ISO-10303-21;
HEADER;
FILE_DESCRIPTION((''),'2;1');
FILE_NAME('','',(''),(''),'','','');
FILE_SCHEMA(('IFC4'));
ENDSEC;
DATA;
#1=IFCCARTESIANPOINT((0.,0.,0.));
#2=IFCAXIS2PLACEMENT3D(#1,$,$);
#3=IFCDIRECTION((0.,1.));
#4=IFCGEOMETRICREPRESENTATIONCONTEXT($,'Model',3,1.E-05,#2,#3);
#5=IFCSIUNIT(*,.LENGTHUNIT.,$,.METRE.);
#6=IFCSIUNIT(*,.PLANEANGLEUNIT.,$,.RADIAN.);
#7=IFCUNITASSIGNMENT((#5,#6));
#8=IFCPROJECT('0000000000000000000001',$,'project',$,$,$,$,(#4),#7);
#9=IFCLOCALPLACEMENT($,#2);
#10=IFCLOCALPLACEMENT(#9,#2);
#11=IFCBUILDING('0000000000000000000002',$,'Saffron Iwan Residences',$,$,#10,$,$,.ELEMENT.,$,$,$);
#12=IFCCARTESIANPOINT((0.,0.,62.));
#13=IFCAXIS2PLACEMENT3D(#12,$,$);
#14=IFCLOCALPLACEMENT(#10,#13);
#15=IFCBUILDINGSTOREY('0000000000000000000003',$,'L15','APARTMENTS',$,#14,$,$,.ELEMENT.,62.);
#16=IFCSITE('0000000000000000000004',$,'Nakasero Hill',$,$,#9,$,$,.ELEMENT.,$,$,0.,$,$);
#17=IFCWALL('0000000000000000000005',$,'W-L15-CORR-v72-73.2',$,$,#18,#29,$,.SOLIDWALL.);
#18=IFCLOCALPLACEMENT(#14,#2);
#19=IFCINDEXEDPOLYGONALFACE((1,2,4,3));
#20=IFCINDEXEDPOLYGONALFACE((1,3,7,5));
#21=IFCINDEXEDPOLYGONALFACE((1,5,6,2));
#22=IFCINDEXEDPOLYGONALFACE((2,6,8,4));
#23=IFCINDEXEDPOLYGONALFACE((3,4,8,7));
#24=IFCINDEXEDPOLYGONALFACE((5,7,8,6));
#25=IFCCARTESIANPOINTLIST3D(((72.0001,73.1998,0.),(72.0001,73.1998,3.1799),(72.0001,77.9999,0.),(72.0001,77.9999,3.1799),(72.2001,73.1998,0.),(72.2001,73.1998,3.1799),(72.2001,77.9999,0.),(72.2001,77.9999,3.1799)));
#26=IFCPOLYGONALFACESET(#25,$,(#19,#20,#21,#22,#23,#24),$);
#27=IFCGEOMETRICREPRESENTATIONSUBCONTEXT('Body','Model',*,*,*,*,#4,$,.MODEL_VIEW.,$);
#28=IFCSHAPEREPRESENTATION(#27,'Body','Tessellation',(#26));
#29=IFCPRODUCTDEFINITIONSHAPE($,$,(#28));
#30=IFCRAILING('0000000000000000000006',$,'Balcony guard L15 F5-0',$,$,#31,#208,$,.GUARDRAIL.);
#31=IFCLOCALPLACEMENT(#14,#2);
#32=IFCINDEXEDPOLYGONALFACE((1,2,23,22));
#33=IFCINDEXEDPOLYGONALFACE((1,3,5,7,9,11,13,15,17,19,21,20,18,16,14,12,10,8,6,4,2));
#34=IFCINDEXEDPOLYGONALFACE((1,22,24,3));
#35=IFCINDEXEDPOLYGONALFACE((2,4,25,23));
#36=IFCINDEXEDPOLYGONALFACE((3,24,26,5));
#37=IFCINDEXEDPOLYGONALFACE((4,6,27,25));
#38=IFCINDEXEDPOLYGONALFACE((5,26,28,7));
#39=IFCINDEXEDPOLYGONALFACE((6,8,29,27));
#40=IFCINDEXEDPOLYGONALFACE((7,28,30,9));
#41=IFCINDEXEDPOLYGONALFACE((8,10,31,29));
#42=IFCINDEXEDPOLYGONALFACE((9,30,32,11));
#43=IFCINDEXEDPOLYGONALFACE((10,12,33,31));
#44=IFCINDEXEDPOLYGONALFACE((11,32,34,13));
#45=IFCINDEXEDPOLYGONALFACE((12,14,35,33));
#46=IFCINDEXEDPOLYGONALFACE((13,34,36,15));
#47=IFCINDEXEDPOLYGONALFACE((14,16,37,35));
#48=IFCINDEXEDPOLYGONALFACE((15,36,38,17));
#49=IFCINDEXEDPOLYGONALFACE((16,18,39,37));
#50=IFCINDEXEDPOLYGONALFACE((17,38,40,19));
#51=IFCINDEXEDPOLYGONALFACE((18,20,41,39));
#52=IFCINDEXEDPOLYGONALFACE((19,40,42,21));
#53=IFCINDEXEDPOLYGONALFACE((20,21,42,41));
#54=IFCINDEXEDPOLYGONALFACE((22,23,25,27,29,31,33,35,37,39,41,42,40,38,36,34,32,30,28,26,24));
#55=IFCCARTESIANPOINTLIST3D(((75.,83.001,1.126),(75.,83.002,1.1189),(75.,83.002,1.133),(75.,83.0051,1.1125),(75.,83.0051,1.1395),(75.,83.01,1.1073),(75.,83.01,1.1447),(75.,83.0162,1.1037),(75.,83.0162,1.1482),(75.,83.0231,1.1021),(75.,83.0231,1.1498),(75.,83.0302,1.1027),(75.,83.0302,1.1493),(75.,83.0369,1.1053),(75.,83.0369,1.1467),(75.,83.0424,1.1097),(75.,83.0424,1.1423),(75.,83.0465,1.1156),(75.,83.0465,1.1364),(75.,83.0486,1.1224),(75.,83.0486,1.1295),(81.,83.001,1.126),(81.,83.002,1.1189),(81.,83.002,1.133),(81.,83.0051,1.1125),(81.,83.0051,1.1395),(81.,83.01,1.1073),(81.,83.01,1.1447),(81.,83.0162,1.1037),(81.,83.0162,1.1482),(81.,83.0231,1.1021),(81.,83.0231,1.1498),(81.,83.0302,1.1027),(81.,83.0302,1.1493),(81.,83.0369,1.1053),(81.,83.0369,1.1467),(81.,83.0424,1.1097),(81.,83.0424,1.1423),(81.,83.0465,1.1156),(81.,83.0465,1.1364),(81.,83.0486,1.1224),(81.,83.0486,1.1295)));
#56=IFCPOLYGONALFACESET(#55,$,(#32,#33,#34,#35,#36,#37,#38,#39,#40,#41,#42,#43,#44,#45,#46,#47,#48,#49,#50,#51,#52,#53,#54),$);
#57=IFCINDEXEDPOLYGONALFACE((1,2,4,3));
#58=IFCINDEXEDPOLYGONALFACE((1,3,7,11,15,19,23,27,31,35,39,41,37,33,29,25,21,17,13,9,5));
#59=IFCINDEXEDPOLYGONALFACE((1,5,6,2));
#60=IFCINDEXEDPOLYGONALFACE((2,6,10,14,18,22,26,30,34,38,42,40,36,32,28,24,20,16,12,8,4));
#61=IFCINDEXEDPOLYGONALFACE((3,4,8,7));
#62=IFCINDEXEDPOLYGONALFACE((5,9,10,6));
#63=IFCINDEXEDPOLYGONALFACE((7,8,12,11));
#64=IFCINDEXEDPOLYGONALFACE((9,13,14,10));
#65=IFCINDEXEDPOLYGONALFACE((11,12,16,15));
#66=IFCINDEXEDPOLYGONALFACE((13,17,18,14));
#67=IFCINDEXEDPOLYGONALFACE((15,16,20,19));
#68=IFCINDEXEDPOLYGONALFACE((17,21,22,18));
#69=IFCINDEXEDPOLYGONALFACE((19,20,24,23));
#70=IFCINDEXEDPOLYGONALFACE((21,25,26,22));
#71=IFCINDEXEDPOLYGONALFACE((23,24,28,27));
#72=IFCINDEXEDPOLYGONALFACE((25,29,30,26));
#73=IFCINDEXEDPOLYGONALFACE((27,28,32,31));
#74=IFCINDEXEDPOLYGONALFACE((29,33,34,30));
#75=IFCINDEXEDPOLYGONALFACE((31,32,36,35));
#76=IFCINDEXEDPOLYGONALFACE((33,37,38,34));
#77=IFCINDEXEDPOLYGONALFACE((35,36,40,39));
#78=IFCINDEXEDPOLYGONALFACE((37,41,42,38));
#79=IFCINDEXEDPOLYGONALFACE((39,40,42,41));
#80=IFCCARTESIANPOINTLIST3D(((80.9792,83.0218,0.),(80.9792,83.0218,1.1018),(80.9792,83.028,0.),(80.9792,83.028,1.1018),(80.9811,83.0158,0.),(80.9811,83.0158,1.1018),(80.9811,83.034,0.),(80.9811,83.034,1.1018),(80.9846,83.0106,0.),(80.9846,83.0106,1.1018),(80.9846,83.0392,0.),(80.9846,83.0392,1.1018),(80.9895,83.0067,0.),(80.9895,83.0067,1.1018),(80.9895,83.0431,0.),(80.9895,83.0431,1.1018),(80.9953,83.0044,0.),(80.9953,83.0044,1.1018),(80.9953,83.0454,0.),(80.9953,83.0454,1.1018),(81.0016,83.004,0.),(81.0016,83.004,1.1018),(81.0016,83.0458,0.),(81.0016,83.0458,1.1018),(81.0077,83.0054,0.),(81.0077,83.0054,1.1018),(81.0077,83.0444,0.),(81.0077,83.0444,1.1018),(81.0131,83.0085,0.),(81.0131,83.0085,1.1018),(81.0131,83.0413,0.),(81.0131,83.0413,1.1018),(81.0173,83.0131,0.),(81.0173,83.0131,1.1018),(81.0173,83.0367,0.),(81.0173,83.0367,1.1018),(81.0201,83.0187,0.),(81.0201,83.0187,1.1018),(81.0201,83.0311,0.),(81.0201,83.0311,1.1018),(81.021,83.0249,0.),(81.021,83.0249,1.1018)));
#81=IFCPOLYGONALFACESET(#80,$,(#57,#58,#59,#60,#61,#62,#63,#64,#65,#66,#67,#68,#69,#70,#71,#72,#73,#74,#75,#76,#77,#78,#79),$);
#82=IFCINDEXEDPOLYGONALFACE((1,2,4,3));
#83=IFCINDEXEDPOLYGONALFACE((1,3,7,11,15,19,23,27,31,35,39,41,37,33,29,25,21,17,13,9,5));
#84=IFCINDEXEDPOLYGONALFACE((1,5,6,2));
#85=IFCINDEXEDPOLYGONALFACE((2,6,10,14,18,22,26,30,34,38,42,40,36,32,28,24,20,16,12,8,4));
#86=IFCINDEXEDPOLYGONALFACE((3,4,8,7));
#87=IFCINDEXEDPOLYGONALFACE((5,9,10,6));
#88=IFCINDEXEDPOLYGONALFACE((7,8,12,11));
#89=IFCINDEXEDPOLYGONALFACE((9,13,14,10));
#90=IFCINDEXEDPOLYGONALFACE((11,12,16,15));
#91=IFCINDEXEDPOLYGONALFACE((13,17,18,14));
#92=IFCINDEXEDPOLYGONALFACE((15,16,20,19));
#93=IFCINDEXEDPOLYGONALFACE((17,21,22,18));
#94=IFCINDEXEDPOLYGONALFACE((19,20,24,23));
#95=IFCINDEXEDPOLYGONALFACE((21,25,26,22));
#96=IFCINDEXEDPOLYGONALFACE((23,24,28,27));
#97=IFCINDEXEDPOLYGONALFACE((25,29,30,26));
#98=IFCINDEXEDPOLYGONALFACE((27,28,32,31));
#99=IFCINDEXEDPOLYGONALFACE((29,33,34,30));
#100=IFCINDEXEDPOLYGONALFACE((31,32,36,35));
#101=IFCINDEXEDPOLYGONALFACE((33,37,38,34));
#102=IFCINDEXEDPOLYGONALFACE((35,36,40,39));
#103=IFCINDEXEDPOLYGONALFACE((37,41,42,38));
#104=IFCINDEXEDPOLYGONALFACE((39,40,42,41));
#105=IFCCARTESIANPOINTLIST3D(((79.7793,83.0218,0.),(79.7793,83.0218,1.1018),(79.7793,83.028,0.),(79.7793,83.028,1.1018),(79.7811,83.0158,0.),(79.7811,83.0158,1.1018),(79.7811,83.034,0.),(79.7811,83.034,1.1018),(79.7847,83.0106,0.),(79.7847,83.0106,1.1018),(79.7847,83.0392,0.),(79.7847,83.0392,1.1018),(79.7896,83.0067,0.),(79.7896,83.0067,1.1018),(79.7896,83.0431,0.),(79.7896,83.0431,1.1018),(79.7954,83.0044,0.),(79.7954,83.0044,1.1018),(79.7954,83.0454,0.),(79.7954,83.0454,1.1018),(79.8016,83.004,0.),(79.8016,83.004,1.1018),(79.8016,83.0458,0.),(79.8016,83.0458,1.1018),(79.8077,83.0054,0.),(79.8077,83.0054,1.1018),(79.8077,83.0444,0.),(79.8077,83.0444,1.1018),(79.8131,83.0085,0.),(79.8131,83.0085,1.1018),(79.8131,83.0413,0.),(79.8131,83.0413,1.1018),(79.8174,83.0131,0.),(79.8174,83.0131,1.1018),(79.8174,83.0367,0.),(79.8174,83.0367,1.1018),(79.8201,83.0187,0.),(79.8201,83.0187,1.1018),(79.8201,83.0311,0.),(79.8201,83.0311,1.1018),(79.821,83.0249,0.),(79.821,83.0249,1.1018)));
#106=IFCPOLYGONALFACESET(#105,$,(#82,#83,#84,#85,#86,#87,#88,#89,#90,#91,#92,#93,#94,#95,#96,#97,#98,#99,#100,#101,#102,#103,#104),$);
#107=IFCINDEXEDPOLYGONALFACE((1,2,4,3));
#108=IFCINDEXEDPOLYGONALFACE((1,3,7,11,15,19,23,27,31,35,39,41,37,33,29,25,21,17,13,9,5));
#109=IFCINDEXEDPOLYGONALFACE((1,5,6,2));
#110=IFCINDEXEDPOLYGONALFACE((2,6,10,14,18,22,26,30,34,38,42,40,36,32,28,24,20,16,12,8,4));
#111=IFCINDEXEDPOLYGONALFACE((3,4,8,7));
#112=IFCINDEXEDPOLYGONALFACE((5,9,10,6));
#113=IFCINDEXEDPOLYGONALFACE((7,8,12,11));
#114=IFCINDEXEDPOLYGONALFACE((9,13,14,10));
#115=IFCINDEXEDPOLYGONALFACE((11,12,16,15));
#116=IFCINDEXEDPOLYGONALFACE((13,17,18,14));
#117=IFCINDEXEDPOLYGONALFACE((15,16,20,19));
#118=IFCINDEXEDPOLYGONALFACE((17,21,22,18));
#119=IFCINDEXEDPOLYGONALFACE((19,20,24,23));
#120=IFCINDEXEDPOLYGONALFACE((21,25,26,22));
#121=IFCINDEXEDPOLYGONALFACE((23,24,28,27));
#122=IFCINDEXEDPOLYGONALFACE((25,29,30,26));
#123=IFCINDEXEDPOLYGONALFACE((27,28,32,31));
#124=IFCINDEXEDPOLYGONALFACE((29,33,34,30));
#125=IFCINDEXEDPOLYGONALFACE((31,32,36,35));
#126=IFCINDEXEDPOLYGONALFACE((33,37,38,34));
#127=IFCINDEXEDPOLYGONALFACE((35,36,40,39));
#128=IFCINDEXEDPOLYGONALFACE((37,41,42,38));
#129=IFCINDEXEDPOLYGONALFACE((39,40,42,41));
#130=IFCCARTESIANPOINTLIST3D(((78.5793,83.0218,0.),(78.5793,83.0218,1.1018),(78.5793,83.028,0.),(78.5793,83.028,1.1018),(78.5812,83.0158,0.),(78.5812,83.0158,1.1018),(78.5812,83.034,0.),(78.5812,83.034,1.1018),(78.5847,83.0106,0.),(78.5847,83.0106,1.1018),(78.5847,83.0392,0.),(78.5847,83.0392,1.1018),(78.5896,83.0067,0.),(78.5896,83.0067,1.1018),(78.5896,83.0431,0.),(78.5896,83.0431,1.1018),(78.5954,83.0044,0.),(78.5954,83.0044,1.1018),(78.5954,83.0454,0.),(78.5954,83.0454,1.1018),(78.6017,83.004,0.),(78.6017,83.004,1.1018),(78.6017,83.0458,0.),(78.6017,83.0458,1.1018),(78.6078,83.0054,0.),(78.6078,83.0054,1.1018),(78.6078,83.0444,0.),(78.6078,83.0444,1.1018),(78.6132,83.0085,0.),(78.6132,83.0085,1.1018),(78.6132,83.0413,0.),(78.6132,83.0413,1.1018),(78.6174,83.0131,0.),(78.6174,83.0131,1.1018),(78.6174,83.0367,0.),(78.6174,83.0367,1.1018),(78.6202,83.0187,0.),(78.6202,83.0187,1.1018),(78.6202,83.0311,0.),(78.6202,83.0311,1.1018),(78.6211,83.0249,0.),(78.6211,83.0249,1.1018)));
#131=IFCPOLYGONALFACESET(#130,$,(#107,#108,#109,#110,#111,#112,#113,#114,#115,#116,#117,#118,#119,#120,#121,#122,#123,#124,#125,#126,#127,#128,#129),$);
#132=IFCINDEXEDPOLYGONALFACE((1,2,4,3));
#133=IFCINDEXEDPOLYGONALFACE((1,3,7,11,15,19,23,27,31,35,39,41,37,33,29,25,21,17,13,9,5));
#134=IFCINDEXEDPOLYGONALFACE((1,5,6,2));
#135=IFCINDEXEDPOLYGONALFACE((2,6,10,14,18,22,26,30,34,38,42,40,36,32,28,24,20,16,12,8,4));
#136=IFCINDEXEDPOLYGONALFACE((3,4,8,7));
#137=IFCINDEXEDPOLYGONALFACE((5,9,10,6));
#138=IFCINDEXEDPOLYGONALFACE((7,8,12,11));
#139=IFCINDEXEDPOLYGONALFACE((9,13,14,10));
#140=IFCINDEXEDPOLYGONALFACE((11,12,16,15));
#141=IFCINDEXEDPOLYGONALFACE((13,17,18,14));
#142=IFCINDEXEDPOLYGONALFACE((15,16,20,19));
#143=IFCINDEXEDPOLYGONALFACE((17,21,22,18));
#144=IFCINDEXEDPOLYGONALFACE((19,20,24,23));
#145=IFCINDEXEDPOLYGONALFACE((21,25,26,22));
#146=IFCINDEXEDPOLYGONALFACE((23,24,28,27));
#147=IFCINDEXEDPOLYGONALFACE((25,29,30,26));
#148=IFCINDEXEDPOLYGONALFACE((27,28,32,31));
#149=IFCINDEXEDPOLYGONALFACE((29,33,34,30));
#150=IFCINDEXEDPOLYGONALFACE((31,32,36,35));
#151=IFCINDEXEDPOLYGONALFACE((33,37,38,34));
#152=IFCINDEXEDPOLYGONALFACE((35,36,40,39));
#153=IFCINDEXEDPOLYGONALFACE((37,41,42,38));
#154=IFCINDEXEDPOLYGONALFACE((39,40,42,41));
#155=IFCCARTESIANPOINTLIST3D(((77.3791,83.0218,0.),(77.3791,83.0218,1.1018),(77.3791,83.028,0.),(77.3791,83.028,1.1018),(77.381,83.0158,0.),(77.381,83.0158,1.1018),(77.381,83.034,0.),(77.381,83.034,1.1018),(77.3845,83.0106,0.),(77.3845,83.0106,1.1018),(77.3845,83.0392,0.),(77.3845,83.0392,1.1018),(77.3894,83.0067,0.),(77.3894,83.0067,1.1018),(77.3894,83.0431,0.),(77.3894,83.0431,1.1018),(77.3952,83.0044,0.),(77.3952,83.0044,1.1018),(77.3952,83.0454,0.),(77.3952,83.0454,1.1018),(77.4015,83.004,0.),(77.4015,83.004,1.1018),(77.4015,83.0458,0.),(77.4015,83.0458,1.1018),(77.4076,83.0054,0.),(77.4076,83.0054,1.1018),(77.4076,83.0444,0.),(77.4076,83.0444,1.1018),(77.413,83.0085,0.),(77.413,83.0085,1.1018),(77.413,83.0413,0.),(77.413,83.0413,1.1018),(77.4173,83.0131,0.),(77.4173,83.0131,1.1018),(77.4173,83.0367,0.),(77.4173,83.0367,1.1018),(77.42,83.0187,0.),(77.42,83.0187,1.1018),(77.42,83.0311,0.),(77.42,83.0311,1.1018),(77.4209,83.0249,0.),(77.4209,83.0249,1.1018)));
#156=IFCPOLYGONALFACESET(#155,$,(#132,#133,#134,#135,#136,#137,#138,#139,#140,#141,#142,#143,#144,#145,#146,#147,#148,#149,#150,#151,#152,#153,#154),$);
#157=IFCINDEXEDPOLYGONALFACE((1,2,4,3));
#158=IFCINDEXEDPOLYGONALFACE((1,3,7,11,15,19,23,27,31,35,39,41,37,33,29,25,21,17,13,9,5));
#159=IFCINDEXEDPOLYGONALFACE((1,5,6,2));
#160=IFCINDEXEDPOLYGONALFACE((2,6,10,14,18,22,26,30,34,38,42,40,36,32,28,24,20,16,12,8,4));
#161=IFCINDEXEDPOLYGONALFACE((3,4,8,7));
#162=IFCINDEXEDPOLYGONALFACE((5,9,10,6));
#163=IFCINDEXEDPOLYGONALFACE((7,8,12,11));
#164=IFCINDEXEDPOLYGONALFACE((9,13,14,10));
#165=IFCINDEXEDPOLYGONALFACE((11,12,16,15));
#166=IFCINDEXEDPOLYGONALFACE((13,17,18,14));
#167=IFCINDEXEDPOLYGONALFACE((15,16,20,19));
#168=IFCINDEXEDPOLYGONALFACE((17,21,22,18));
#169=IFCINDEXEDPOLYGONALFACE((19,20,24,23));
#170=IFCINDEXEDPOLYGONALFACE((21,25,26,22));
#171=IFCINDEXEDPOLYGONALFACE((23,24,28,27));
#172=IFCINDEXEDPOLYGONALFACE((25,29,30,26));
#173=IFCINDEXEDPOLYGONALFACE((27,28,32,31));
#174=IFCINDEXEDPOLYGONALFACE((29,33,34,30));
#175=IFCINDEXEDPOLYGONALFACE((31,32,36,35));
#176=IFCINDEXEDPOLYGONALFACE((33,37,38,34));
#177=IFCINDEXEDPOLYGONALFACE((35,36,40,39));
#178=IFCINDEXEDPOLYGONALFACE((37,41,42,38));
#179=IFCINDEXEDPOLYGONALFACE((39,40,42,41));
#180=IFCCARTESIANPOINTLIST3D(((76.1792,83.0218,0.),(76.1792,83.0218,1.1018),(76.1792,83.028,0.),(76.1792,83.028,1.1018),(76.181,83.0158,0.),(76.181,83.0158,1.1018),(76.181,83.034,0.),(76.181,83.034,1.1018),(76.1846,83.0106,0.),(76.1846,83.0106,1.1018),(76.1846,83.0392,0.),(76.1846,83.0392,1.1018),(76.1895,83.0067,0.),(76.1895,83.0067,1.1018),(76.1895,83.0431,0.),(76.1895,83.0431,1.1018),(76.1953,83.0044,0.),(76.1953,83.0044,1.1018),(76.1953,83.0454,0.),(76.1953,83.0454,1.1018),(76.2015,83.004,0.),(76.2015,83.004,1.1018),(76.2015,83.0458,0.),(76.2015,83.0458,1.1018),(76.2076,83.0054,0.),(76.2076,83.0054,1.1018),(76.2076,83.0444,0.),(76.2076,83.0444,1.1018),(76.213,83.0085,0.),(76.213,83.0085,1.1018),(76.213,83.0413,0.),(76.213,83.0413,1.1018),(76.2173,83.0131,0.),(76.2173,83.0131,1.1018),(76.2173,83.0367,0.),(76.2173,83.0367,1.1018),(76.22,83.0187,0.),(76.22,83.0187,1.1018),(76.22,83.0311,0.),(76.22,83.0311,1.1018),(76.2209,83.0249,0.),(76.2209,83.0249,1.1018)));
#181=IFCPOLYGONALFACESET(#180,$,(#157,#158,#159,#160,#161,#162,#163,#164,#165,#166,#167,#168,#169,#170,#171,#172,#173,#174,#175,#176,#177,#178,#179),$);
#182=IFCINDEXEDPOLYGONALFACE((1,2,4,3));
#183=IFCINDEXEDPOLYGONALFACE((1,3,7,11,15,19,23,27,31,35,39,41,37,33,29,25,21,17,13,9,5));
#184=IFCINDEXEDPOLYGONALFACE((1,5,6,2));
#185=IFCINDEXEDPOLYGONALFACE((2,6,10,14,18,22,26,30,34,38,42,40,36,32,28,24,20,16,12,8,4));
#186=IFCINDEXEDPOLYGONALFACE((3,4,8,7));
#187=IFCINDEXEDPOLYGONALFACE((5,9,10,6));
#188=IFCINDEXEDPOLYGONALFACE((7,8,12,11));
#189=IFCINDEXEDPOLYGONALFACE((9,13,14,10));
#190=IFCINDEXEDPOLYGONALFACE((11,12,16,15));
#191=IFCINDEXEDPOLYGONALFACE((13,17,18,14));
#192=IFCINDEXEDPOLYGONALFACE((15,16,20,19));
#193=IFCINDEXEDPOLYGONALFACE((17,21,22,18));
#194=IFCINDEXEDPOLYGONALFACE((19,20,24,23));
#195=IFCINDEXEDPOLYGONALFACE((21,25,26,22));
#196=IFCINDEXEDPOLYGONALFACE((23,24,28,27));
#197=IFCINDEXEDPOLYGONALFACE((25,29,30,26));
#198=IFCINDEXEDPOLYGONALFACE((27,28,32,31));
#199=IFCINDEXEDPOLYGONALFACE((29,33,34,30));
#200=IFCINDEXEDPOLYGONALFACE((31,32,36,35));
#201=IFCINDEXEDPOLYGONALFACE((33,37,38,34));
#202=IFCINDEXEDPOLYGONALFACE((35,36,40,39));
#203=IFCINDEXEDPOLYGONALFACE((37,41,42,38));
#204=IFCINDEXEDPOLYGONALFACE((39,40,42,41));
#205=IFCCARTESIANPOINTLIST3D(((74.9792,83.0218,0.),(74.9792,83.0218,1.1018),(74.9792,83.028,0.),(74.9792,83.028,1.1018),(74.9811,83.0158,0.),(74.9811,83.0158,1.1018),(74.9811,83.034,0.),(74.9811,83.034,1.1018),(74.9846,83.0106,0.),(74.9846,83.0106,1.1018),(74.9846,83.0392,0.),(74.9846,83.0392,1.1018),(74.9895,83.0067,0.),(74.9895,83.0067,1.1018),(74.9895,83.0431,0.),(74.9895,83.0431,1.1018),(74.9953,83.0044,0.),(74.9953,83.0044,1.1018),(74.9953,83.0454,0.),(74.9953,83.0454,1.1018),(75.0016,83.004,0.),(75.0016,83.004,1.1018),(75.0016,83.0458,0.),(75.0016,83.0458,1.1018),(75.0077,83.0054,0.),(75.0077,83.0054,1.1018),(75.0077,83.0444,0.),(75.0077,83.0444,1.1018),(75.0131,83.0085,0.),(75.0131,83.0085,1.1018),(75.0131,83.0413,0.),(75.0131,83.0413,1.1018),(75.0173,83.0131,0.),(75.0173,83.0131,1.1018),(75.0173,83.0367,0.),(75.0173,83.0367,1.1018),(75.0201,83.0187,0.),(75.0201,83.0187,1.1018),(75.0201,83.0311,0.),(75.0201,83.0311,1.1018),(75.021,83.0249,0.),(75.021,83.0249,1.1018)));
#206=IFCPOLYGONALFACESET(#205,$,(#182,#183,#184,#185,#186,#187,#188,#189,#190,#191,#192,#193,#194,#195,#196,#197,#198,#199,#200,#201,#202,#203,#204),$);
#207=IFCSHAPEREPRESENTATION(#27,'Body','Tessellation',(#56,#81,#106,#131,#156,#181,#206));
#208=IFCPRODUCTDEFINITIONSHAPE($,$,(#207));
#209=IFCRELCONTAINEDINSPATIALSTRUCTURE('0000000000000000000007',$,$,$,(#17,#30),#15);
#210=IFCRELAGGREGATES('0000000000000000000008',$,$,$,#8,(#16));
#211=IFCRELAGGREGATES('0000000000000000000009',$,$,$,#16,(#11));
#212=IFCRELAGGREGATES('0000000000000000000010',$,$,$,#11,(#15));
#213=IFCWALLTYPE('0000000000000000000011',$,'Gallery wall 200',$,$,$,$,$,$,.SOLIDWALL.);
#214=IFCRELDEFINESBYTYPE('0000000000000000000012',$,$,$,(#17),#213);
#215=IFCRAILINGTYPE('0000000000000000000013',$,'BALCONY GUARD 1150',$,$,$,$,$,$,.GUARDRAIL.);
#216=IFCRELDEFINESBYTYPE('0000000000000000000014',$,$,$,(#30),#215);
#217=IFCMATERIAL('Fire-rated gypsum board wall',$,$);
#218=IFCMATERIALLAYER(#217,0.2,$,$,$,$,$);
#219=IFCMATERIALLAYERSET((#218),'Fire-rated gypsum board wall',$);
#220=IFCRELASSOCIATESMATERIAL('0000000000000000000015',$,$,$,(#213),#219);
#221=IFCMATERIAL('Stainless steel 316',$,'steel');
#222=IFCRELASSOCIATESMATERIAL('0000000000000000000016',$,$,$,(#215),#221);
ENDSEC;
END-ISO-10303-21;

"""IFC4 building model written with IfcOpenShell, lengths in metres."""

from ifc_helpers import new_model, si_unit, direction, frame, frame_2d, origin, origin_2d, place, context, subcontext, project, spatial, rectangle, circle, extrude, material, layer, layer_set, type_object, element, save


model = new_model("IFC4")

# Units and contexts
model_context = context("Model", 3, precision=1e-05, world=origin(), true_north=direction((0.0, 1.0)))
body_context = subcontext(model_context, "Body", "Model", "MODEL_VIEW")
ifc_project = project(units=[si_unit("LENGTHUNIT", "METRE"), si_unit("PLANEANGLEUNIT", "RADIAN")], contexts=[model_context])

# Site, building, storey
site_placement = place(None, origin())
site = spatial("IfcSite", under=ifc_project, at=site_placement, Name="Nakasero Hill", CompositionType="ELEMENT", RefElevation=0.0)
building_placement = place(site_placement, origin())
building = spatial("IfcBuilding", under=site, at=building_placement, Name="Saffron Iwan Residences", CompositionType="ELEMENT")
storey_placement = place(building_placement, frame((0.0, 0.0, 62.0)))
storey = spatial("IfcBuildingStorey", under=building, at=storey_placement, Name="L15", Description="APARTMENTS", CompositionType="ELEMENT", Elevation=62.0)

# Wall
ifc_material_1 = material(Name="Fire-rated gypsum board wall")
ifc_layer_1 = layer(ifc_material_1, 0.2)
ifc_layer_set_1 = layer_set([ifc_layer_1], Name="Fire-rated gypsum board wall")
wall_type_1 = type_object("IfcWallType", Name="Gallery wall 200", PredefinedType="SOLIDWALL", material=ifc_layer_set_1)
wall_1_placement = place(storey_placement, frame((72.1001, 73.2, 0.0), z_axis=(0.0, 0.0, 1.0), x_axis=(0.0, 1.0, 0.0)))
element("IfcWall", 1, at=wall_1_placement, inside=storey, type_object=wall_type_1, Name="W-L15-CORR-v72-73.2", PredefinedType="SOLIDWALL", context=body_context, shape_type="SweptSolid", body=[
    extrude(rectangle(XDim=4.8, YDim=0.2, at=frame_2d((2.3999, 0.0))), origin(), (0.0, 0.0, 1.0), 3.1799),
])

# Railing
ifc_material_2 = material(Name="Stainless steel 316", Category="steel")
railing_type = type_object("IfcRailingType", Name="BALCONY GUARD 1150", PredefinedType="GUARDRAIL", material=ifc_material_2)
railing_placement = place(storey_placement, frame((81.0, 83.0249, 0.0)))
element("IfcRailing", 2, at=railing_placement, inside=storey, type_object=railing_type, Name="Balcony guard L15 F5-0", PredefinedType="GUARDRAIL", context=body_context, shape_type="SweptSolid", body=[
    extrude(circle(Radius=0.0239, at=origin_2d()), frame((0.0, 0.0, 1.126), z_axis=(-1.0, 0.0, 0.0), x_axis=(0.0, -1.0, 0.0)), (0.0, 0.0, 1.0), 6.0),
    extrude(circle(Radius=0.021, at=origin_2d()), origin(), (0.0, 0.0, 1.0), 1.1018),
    extrude(circle(Radius=0.021, at=origin_2d()), frame((-1.2, 0.0, 0.0)), (0.0, 0.0, 1.0), 1.1018),
    extrude(circle(Radius=0.021, at=origin_2d()), frame((-2.3999, 0.0, 0.0)), (0.0, 0.0, 1.0), 1.1018),
    extrude(circle(Radius=0.021, at=origin_2d()), frame((-3.6001, 0.0, 0.0)), (0.0, 0.0, 1.0), 1.1018),
    extrude(circle(Radius=0.021, at=origin_2d()), frame((-4.8, 0.0, 0.0)), (0.0, 0.0, 1.0), 1.1018),
    extrude(circle(Radius=0.021, at=origin_2d()), frame((-6.0, 0.0, 0.0)), (0.0, 0.0, 1.0), 1.1018),
])

save(model, "model.ifc")
